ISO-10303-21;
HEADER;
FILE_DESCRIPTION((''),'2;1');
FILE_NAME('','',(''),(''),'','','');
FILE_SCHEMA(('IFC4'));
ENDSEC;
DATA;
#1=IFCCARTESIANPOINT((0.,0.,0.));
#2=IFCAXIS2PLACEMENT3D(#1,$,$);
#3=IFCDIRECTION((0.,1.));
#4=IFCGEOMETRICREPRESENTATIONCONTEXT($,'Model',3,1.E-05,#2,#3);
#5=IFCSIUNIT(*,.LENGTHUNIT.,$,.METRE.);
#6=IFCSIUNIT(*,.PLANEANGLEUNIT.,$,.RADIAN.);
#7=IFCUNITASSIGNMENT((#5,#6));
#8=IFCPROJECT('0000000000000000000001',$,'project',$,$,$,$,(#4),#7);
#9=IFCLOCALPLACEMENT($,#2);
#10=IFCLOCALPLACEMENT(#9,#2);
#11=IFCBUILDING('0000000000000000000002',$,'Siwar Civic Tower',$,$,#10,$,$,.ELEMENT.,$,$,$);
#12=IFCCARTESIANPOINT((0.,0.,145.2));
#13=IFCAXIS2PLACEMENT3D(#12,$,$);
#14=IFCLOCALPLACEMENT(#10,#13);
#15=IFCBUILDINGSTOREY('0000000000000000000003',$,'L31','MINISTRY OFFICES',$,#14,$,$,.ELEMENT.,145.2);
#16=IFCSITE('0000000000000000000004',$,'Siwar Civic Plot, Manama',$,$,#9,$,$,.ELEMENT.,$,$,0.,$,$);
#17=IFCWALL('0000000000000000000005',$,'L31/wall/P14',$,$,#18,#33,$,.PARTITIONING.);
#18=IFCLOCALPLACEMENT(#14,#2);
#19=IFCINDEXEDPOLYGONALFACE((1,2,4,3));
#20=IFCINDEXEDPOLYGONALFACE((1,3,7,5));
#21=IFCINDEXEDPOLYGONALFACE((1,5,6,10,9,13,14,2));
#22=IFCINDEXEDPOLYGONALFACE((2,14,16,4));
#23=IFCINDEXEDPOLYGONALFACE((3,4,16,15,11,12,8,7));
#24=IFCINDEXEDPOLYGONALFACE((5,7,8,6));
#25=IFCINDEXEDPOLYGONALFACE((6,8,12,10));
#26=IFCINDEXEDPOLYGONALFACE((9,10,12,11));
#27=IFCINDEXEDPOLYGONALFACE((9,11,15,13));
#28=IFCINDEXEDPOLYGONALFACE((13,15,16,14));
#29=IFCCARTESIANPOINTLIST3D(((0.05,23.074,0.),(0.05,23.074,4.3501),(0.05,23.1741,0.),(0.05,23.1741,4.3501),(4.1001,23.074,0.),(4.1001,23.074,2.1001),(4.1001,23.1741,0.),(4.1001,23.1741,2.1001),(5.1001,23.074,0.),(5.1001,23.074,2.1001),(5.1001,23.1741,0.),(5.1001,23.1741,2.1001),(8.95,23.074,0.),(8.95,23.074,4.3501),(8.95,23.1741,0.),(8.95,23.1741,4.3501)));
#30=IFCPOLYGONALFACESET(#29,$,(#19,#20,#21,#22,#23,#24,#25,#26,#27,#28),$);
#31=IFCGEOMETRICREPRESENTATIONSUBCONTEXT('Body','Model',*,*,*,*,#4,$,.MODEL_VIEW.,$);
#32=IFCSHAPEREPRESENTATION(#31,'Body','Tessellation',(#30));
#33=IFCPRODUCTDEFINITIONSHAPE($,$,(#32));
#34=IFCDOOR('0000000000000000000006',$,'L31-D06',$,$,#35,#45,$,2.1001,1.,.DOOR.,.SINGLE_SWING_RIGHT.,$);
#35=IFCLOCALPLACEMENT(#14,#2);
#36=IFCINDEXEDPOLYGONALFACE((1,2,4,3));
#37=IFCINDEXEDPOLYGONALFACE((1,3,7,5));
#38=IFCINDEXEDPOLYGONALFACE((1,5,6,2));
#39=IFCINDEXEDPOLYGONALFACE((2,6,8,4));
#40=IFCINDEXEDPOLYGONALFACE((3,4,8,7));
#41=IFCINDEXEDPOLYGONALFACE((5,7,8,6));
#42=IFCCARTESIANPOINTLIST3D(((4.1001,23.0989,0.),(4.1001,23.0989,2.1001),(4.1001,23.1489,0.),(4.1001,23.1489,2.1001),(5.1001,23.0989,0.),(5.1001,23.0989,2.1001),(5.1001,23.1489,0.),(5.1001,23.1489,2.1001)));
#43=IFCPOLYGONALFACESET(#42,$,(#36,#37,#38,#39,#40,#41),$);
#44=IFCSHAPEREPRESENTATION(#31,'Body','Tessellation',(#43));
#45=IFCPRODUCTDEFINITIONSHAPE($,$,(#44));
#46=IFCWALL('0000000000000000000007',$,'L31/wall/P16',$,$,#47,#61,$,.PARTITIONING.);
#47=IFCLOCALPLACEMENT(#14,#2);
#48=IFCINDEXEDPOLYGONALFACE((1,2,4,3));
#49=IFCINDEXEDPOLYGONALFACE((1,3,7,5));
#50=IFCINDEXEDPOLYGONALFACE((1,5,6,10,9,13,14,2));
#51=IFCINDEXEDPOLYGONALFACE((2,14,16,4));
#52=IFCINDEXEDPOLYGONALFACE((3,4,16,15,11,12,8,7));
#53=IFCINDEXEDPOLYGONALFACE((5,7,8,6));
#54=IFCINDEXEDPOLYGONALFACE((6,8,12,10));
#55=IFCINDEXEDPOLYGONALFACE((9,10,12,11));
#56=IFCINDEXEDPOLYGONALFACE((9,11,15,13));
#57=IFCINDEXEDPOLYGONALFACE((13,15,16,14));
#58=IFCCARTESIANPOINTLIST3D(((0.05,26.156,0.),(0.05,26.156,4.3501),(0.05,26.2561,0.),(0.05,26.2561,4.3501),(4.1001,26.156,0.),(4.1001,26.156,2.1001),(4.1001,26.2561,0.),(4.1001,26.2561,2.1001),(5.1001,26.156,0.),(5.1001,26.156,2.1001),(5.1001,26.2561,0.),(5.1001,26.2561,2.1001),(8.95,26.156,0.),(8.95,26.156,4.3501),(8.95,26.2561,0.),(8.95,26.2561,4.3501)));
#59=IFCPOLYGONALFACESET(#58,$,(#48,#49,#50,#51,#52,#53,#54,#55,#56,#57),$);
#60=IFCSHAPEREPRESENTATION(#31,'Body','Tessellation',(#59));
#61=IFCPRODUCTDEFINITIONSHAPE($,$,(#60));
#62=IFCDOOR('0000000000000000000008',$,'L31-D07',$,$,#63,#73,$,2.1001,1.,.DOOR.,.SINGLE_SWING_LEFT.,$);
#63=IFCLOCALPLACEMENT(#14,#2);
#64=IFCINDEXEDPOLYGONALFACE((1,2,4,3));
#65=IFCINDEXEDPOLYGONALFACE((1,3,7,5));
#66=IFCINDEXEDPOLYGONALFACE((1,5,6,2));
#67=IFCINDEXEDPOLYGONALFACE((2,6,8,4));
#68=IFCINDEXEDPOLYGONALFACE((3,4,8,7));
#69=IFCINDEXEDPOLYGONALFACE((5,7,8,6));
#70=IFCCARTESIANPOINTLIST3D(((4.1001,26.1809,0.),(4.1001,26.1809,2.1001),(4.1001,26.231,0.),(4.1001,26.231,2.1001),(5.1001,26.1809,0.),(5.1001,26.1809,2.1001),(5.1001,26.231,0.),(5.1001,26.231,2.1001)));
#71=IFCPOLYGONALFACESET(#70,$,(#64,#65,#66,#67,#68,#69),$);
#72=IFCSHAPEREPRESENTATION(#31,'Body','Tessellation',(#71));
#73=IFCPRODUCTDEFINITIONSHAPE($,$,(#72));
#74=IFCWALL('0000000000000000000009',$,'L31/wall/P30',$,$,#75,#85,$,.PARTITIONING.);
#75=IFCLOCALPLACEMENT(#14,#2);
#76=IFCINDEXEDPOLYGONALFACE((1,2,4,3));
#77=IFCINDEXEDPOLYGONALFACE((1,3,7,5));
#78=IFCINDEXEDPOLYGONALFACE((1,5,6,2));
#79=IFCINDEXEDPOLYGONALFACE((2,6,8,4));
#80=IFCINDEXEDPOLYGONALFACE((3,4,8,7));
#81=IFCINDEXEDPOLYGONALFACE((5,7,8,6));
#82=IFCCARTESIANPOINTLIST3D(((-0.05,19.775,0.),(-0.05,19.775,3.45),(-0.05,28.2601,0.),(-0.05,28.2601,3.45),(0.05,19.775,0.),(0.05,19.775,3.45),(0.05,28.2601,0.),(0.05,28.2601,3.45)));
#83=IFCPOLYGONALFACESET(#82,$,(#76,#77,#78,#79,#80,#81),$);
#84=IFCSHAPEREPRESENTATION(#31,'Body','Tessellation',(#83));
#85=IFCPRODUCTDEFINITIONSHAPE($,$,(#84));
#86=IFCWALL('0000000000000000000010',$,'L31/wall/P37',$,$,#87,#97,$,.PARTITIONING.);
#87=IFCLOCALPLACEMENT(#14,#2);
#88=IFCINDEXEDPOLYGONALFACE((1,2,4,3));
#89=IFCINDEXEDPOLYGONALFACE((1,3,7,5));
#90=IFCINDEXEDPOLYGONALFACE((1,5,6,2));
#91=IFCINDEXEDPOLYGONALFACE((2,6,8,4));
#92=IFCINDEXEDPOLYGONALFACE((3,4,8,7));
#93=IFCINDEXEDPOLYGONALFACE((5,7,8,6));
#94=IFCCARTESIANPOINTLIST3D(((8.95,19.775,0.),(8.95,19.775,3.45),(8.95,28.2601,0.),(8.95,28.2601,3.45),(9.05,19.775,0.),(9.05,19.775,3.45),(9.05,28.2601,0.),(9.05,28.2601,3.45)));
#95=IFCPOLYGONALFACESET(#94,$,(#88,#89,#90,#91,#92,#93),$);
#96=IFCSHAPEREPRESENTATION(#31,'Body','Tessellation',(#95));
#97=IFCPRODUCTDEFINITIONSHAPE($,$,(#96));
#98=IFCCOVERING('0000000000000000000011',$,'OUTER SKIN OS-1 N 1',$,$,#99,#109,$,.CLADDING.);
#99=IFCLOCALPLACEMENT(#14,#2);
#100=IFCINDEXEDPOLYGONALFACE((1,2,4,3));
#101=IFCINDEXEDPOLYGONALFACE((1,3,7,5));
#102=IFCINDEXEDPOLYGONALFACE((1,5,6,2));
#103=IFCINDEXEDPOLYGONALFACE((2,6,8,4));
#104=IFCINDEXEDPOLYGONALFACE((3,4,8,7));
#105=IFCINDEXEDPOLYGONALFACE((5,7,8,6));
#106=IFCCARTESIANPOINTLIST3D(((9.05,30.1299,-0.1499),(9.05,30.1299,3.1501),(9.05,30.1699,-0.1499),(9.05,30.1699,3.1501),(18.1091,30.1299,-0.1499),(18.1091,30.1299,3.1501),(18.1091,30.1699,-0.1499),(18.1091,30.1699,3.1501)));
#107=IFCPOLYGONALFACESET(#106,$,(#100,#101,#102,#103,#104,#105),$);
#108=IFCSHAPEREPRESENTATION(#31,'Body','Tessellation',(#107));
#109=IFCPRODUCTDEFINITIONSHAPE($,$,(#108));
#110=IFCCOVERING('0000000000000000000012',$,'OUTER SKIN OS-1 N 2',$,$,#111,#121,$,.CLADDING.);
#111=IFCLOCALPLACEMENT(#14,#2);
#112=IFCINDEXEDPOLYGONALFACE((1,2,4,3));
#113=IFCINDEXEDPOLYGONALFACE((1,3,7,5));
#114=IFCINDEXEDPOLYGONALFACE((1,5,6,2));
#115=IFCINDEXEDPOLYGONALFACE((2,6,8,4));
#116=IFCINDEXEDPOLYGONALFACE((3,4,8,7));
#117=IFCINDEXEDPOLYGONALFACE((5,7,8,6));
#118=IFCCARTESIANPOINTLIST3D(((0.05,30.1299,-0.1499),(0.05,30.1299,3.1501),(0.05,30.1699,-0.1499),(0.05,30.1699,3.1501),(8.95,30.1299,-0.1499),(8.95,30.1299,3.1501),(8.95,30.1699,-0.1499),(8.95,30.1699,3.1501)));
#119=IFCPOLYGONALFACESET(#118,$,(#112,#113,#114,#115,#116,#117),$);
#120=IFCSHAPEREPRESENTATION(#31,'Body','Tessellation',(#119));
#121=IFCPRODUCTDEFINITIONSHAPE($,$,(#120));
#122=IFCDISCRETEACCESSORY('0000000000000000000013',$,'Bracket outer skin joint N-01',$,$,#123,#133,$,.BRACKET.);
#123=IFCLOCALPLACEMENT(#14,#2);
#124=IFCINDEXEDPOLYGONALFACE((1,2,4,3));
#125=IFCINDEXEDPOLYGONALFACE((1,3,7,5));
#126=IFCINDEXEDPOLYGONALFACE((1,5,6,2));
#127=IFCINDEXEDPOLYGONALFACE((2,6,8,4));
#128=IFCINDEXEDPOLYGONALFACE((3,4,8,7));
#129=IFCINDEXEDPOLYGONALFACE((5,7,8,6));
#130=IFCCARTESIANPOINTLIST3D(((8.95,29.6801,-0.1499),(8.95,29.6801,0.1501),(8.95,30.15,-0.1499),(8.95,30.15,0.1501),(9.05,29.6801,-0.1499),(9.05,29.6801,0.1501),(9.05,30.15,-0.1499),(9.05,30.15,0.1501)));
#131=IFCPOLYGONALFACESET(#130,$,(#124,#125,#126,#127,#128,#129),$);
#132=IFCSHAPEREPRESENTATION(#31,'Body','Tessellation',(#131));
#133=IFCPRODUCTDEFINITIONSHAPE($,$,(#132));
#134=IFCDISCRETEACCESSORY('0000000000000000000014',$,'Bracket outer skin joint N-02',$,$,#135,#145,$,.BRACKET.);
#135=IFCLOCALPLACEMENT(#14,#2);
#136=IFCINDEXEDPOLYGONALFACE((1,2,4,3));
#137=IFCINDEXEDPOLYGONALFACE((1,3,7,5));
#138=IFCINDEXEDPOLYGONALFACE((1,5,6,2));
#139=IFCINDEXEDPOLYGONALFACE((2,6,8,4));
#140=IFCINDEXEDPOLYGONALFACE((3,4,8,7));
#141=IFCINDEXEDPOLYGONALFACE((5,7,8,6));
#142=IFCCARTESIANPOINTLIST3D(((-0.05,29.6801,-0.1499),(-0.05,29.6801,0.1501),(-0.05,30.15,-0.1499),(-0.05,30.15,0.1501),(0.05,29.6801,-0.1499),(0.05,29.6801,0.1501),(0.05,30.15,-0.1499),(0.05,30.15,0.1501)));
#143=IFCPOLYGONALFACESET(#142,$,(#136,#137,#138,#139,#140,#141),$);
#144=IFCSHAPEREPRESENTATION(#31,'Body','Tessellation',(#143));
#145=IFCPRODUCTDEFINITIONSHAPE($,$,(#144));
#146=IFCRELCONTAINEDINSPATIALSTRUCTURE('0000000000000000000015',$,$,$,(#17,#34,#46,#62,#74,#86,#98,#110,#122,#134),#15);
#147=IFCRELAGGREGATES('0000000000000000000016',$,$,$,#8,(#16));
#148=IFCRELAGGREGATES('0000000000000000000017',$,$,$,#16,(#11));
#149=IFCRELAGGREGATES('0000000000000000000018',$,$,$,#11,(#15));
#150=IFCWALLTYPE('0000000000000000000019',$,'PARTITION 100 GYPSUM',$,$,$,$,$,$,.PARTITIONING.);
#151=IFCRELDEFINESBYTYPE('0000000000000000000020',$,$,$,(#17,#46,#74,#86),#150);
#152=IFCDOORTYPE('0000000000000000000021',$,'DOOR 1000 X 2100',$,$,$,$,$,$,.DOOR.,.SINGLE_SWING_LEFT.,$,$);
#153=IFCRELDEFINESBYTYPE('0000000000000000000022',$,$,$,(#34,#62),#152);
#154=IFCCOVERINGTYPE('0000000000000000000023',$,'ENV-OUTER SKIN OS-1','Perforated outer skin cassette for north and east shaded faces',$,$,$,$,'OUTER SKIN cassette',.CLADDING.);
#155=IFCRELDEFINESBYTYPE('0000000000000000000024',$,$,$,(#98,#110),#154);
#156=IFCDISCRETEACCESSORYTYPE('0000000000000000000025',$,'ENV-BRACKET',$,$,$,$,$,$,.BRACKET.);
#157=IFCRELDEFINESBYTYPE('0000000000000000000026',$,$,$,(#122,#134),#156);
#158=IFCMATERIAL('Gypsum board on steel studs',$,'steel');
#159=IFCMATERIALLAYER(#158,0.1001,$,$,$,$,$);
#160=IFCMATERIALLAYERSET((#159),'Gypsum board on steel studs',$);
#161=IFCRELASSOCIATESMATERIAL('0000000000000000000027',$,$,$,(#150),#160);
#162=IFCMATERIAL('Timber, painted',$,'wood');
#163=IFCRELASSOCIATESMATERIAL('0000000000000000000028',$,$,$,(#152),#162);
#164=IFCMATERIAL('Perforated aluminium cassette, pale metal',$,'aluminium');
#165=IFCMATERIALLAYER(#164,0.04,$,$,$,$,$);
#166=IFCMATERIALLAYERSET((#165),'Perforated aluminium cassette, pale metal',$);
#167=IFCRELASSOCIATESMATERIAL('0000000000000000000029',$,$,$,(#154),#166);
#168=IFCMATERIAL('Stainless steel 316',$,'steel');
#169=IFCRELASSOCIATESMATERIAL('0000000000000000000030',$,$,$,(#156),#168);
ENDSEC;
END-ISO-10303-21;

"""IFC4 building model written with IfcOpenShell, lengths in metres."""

from ifc_helpers import new_model, si_unit, direction, frame, frame_2d, origin, origin_2d, place, context, subcontext, project, spatial, rectangle, extrude, material, layer, layer_set, type_object, element, fill, save


model = new_model("IFC4")

# Units and contexts
model_context = context("Model", 3, precision=1e-05, world=origin(), true_north=direction((0.0, 1.0)))
body_context = subcontext(model_context, "Body", "Model", "MODEL_VIEW")
ifc_project = project(units=[si_unit("LENGTHUNIT", "METRE"), si_unit("PLANEANGLEUNIT", "RADIAN")], contexts=[model_context])

# Site, building, storey
site_placement = place(None, origin())
site = spatial("IfcSite", under=ifc_project, at=site_placement, Name="Siwar Civic Plot, Manama", CompositionType="ELEMENT", RefElevation=0.0)
building_placement = place(site_placement, origin())
building = spatial("IfcBuilding", under=site, at=building_placement, Name="Siwar Civic Tower", CompositionType="ELEMENT")
storey_placement = place(building_placement, frame((0.0, 0.0, 145.2)))
storey = spatial("IfcBuildingStorey", under=building, at=storey_placement, Name="L31", Description="MINISTRY OFFICES", CompositionType="ELEMENT", Elevation=145.2)

# Walls, openings, doors
ifc_material_1 = material(Name="Gypsum board on steel studs", Category="steel")
ifc_layer_1 = layer(ifc_material_1, 0.1001)
ifc_layer_set_1 = layer_set([ifc_layer_1], Name="Gypsum board on steel studs")
wall_type_1 = type_object("IfcWallType", Name="PARTITION 100 GYPSUM", PredefinedType="PARTITIONING", material=ifc_layer_set_1)
wall_1_placement = place(storey_placement, frame((0.05, 23.124, 0.0), z_axis=(0.0, 0.0, 1.0), x_axis=(1.0, 0.0, 0.0)))
wall_1 = element("IfcWall", 1, at=wall_1_placement, inside=storey, type_object=wall_type_1, Name="L31/wall/P14", PredefinedType="PARTITIONING", context=body_context, shape_type="SweptSolid", body=[
    extrude(rectangle(XDim=8.8999, YDim=0.1001, at=frame_2d((4.45, 0.0))), origin(), (0.0, 0.0, 1.0), 4.3501),
])
opening_1_placement = place(wall_1_placement, frame((4.05, 0.0, 0.0)))
opening_1 = element("IfcOpeningElement", 2, at=opening_1_placement, cuts=wall_1, PredefinedType="OPENING", context=body_context, shape_type="SweptSolid", body=[
    extrude(rectangle(XDim=1.0, YDim=2.1001, at=frame_2d((0.5, 1.05))), frame((0.0, 0.0601, 0.0), z_axis=(0.0, -1.0, 0.0), x_axis=(1.0, 0.0, 0.0)), (0.0, 0.0, 1.0), 0.1201),
])
ifc_material_2 = material(Name="Timber, painted", Category="wood")
door_type_1 = type_object("IfcDoorType", Name="DOOR 1000 X 2100", OperationType="SINGLE_SWING_LEFT", PredefinedType="DOOR", material=ifc_material_2)
door_1_placement = place(opening_1_placement, origin())
door_1 = element("IfcDoor", 3, at=door_1_placement, inside=storey, type_object=door_type_1, Name="L31-D06", OperationType="SINGLE_SWING_RIGHT", OverallHeight=2.1001, OverallWidth=1.0, PredefinedType="DOOR", context=body_context, shape_type="SweptSolid", body=[
    extrude(rectangle(XDim=1.0, YDim=2.1001, at=frame_2d((0.5, 1.05))), frame((0.0, 0.0249, 0.0), z_axis=(0.0, -1.0, 0.0), x_axis=(1.0, 0.0, 0.0)), (0.0, 0.0, 1.0), 0.05),
])
fill(opening_1, door_1)
wall_2_placement = place(storey_placement, frame((0.05, 26.2061, 0.0), z_axis=(0.0, 0.0, 1.0), x_axis=(1.0, 0.0, 0.0)))
wall_2 = element("IfcWall", 4, at=wall_2_placement, inside=storey, type_object=wall_type_1, Name="L31/wall/P16", PredefinedType="PARTITIONING", context=body_context, shape_type="SweptSolid", body=[
    extrude(rectangle(XDim=8.8999, YDim=0.1001, at=frame_2d((4.45, 0.0))), origin(), (0.0, 0.0, 1.0), 4.3501),
])
opening_2_placement = place(wall_2_placement, frame((4.05, 0.0, 0.0)))
opening_2 = element("IfcOpeningElement", 5, at=opening_2_placement, cuts=wall_2, PredefinedType="OPENING", context=body_context, shape_type="SweptSolid", body=[
    extrude(rectangle(XDim=1.0, YDim=2.1001, at=frame_2d((0.5, 1.05))), frame((0.0, 0.0601, 0.0), z_axis=(0.0, -1.0, 0.0), x_axis=(1.0, 0.0, 0.0)), (0.0, 0.0, 1.0), 0.1201),
])
door_2_placement = place(opening_2_placement, origin())
door_2 = element("IfcDoor", 6, at=door_2_placement, inside=storey, type_object=door_type_1, Name="L31-D07", OperationType="SINGLE_SWING_LEFT", OverallHeight=2.1001, OverallWidth=1.0, PredefinedType="DOOR", context=body_context, shape_type="SweptSolid", body=[
    extrude(rectangle(XDim=1.0, YDim=2.1001, at=frame_2d((0.5, 1.05))), frame((0.0, 0.0249, 0.0), z_axis=(0.0, -1.0, 0.0), x_axis=(1.0, 0.0, 0.0)), (0.0, 0.0, 1.0), 0.05),
])
fill(opening_2, door_2)

# Walls
for number, where, z_axis, x_axis, name in (
    (7, (0.0, 19.7749, 0.0), (0.0, 0.0, 1.0), (0.0, 1.0, 0.0), "L31/wall/P30"),
    (8, (9.0, 19.7749, 0.0), (0.0, 0.0, 1.0), (0.0, 1.0, 0.0), "L31/wall/P37"),
):
    element("IfcWall", number, at=place(storey_placement, frame(where, z_axis=z_axis, x_axis=x_axis)), inside=storey, type_object=wall_type_1, Name=name, PredefinedType="PARTITIONING", context=body_context, shape_type="SweptSolid", body=[
        extrude(rectangle(XDim=8.4851, YDim=0.1001, at=frame_2d((4.2427, 0.0))), origin(), (0.0, 0.0, 1.0), 3.45),
    ])

# Coverings
ifc_material_3 = material(Name="Perforated aluminium cassette, pale metal", Category="aluminium")
ifc_layer_2 = layer(ifc_material_3, 0.04)
ifc_layer_set_2 = layer_set([ifc_layer_2], Name="Perforated aluminium cassette, pale metal")
covering_type = type_object("IfcCoveringType", Name="ENV-OUTER SKIN OS-1", Description="Perforated outer skin cassette for north and east shaded faces", ElementType="OUTER SKIN cassette", PredefinedType="CLADDING", material=ifc_layer_set_2)
covering_1_placement = place(storey_placement, frame((13.5796, 30.1499, -0.1499), z_axis=(0.0, 0.0, 1.0), x_axis=(-1.0, 0.0, 0.0)))
element("IfcCovering", 9, at=covering_1_placement, inside=storey, type_object=covering_type, Name="OUTER SKIN OS-1 N 1", PredefinedType="CLADDING", context=body_context, shape_type="SweptSolid", body=[
    extrude(rectangle(XDim=9.0591, YDim=0.04, at=origin_2d()), origin(), (0.0, 0.0, 1.0), 3.3),
])
covering_2_placement = place(storey_placement, frame((4.5, 30.1499, -0.1499), z_axis=(0.0, 0.0, 1.0), x_axis=(-1.0, 0.0, 0.0)))
element("IfcCovering", 10, at=covering_2_placement, inside=storey, type_object=covering_type, Name="OUTER SKIN OS-1 N 2", PredefinedType="CLADDING", context=body_context, shape_type="SweptSolid", body=[
    extrude(rectangle(XDim=8.8999, YDim=0.04, at=origin_2d()), origin(), (0.0, 0.0, 1.0), 3.3),
])

# Discrete accessories
ifc_material_4 = material(Name="Stainless steel 316", Category="steel")
discrete_accessory_type = type_object("IfcDiscreteAccessoryType", Name="ENV-BRACKET", PredefinedType="BRACKET", material=ifc_material_4)
for number, where, z_axis, x_axis, name in (
    (11, (9.0, 29.915, -0.1499), (0.0, 0.0, 1.0), (0.0, 1.0, 0.0), "Bracket outer skin joint N-01"),
    (12, (0.0, 29.915, -0.1499), (0.0, 0.0, 1.0), (0.0, 1.0, 0.0), "Bracket outer skin joint N-02"),
):
    element("IfcDiscreteAccessory", number, at=place(storey_placement, frame(where, z_axis=z_axis, x_axis=x_axis)), inside=storey, type_object=discrete_accessory_type, Name=name, PredefinedType="BRACKET", context=body_context, shape_type="SweptSolid", body=[
        extrude(rectangle(XDim=0.47, YDim=0.1001, at=origin_2d()), origin(), (0.0, 0.0, 1.0), 0.3),
    ])

save(model, "model.ifc")
